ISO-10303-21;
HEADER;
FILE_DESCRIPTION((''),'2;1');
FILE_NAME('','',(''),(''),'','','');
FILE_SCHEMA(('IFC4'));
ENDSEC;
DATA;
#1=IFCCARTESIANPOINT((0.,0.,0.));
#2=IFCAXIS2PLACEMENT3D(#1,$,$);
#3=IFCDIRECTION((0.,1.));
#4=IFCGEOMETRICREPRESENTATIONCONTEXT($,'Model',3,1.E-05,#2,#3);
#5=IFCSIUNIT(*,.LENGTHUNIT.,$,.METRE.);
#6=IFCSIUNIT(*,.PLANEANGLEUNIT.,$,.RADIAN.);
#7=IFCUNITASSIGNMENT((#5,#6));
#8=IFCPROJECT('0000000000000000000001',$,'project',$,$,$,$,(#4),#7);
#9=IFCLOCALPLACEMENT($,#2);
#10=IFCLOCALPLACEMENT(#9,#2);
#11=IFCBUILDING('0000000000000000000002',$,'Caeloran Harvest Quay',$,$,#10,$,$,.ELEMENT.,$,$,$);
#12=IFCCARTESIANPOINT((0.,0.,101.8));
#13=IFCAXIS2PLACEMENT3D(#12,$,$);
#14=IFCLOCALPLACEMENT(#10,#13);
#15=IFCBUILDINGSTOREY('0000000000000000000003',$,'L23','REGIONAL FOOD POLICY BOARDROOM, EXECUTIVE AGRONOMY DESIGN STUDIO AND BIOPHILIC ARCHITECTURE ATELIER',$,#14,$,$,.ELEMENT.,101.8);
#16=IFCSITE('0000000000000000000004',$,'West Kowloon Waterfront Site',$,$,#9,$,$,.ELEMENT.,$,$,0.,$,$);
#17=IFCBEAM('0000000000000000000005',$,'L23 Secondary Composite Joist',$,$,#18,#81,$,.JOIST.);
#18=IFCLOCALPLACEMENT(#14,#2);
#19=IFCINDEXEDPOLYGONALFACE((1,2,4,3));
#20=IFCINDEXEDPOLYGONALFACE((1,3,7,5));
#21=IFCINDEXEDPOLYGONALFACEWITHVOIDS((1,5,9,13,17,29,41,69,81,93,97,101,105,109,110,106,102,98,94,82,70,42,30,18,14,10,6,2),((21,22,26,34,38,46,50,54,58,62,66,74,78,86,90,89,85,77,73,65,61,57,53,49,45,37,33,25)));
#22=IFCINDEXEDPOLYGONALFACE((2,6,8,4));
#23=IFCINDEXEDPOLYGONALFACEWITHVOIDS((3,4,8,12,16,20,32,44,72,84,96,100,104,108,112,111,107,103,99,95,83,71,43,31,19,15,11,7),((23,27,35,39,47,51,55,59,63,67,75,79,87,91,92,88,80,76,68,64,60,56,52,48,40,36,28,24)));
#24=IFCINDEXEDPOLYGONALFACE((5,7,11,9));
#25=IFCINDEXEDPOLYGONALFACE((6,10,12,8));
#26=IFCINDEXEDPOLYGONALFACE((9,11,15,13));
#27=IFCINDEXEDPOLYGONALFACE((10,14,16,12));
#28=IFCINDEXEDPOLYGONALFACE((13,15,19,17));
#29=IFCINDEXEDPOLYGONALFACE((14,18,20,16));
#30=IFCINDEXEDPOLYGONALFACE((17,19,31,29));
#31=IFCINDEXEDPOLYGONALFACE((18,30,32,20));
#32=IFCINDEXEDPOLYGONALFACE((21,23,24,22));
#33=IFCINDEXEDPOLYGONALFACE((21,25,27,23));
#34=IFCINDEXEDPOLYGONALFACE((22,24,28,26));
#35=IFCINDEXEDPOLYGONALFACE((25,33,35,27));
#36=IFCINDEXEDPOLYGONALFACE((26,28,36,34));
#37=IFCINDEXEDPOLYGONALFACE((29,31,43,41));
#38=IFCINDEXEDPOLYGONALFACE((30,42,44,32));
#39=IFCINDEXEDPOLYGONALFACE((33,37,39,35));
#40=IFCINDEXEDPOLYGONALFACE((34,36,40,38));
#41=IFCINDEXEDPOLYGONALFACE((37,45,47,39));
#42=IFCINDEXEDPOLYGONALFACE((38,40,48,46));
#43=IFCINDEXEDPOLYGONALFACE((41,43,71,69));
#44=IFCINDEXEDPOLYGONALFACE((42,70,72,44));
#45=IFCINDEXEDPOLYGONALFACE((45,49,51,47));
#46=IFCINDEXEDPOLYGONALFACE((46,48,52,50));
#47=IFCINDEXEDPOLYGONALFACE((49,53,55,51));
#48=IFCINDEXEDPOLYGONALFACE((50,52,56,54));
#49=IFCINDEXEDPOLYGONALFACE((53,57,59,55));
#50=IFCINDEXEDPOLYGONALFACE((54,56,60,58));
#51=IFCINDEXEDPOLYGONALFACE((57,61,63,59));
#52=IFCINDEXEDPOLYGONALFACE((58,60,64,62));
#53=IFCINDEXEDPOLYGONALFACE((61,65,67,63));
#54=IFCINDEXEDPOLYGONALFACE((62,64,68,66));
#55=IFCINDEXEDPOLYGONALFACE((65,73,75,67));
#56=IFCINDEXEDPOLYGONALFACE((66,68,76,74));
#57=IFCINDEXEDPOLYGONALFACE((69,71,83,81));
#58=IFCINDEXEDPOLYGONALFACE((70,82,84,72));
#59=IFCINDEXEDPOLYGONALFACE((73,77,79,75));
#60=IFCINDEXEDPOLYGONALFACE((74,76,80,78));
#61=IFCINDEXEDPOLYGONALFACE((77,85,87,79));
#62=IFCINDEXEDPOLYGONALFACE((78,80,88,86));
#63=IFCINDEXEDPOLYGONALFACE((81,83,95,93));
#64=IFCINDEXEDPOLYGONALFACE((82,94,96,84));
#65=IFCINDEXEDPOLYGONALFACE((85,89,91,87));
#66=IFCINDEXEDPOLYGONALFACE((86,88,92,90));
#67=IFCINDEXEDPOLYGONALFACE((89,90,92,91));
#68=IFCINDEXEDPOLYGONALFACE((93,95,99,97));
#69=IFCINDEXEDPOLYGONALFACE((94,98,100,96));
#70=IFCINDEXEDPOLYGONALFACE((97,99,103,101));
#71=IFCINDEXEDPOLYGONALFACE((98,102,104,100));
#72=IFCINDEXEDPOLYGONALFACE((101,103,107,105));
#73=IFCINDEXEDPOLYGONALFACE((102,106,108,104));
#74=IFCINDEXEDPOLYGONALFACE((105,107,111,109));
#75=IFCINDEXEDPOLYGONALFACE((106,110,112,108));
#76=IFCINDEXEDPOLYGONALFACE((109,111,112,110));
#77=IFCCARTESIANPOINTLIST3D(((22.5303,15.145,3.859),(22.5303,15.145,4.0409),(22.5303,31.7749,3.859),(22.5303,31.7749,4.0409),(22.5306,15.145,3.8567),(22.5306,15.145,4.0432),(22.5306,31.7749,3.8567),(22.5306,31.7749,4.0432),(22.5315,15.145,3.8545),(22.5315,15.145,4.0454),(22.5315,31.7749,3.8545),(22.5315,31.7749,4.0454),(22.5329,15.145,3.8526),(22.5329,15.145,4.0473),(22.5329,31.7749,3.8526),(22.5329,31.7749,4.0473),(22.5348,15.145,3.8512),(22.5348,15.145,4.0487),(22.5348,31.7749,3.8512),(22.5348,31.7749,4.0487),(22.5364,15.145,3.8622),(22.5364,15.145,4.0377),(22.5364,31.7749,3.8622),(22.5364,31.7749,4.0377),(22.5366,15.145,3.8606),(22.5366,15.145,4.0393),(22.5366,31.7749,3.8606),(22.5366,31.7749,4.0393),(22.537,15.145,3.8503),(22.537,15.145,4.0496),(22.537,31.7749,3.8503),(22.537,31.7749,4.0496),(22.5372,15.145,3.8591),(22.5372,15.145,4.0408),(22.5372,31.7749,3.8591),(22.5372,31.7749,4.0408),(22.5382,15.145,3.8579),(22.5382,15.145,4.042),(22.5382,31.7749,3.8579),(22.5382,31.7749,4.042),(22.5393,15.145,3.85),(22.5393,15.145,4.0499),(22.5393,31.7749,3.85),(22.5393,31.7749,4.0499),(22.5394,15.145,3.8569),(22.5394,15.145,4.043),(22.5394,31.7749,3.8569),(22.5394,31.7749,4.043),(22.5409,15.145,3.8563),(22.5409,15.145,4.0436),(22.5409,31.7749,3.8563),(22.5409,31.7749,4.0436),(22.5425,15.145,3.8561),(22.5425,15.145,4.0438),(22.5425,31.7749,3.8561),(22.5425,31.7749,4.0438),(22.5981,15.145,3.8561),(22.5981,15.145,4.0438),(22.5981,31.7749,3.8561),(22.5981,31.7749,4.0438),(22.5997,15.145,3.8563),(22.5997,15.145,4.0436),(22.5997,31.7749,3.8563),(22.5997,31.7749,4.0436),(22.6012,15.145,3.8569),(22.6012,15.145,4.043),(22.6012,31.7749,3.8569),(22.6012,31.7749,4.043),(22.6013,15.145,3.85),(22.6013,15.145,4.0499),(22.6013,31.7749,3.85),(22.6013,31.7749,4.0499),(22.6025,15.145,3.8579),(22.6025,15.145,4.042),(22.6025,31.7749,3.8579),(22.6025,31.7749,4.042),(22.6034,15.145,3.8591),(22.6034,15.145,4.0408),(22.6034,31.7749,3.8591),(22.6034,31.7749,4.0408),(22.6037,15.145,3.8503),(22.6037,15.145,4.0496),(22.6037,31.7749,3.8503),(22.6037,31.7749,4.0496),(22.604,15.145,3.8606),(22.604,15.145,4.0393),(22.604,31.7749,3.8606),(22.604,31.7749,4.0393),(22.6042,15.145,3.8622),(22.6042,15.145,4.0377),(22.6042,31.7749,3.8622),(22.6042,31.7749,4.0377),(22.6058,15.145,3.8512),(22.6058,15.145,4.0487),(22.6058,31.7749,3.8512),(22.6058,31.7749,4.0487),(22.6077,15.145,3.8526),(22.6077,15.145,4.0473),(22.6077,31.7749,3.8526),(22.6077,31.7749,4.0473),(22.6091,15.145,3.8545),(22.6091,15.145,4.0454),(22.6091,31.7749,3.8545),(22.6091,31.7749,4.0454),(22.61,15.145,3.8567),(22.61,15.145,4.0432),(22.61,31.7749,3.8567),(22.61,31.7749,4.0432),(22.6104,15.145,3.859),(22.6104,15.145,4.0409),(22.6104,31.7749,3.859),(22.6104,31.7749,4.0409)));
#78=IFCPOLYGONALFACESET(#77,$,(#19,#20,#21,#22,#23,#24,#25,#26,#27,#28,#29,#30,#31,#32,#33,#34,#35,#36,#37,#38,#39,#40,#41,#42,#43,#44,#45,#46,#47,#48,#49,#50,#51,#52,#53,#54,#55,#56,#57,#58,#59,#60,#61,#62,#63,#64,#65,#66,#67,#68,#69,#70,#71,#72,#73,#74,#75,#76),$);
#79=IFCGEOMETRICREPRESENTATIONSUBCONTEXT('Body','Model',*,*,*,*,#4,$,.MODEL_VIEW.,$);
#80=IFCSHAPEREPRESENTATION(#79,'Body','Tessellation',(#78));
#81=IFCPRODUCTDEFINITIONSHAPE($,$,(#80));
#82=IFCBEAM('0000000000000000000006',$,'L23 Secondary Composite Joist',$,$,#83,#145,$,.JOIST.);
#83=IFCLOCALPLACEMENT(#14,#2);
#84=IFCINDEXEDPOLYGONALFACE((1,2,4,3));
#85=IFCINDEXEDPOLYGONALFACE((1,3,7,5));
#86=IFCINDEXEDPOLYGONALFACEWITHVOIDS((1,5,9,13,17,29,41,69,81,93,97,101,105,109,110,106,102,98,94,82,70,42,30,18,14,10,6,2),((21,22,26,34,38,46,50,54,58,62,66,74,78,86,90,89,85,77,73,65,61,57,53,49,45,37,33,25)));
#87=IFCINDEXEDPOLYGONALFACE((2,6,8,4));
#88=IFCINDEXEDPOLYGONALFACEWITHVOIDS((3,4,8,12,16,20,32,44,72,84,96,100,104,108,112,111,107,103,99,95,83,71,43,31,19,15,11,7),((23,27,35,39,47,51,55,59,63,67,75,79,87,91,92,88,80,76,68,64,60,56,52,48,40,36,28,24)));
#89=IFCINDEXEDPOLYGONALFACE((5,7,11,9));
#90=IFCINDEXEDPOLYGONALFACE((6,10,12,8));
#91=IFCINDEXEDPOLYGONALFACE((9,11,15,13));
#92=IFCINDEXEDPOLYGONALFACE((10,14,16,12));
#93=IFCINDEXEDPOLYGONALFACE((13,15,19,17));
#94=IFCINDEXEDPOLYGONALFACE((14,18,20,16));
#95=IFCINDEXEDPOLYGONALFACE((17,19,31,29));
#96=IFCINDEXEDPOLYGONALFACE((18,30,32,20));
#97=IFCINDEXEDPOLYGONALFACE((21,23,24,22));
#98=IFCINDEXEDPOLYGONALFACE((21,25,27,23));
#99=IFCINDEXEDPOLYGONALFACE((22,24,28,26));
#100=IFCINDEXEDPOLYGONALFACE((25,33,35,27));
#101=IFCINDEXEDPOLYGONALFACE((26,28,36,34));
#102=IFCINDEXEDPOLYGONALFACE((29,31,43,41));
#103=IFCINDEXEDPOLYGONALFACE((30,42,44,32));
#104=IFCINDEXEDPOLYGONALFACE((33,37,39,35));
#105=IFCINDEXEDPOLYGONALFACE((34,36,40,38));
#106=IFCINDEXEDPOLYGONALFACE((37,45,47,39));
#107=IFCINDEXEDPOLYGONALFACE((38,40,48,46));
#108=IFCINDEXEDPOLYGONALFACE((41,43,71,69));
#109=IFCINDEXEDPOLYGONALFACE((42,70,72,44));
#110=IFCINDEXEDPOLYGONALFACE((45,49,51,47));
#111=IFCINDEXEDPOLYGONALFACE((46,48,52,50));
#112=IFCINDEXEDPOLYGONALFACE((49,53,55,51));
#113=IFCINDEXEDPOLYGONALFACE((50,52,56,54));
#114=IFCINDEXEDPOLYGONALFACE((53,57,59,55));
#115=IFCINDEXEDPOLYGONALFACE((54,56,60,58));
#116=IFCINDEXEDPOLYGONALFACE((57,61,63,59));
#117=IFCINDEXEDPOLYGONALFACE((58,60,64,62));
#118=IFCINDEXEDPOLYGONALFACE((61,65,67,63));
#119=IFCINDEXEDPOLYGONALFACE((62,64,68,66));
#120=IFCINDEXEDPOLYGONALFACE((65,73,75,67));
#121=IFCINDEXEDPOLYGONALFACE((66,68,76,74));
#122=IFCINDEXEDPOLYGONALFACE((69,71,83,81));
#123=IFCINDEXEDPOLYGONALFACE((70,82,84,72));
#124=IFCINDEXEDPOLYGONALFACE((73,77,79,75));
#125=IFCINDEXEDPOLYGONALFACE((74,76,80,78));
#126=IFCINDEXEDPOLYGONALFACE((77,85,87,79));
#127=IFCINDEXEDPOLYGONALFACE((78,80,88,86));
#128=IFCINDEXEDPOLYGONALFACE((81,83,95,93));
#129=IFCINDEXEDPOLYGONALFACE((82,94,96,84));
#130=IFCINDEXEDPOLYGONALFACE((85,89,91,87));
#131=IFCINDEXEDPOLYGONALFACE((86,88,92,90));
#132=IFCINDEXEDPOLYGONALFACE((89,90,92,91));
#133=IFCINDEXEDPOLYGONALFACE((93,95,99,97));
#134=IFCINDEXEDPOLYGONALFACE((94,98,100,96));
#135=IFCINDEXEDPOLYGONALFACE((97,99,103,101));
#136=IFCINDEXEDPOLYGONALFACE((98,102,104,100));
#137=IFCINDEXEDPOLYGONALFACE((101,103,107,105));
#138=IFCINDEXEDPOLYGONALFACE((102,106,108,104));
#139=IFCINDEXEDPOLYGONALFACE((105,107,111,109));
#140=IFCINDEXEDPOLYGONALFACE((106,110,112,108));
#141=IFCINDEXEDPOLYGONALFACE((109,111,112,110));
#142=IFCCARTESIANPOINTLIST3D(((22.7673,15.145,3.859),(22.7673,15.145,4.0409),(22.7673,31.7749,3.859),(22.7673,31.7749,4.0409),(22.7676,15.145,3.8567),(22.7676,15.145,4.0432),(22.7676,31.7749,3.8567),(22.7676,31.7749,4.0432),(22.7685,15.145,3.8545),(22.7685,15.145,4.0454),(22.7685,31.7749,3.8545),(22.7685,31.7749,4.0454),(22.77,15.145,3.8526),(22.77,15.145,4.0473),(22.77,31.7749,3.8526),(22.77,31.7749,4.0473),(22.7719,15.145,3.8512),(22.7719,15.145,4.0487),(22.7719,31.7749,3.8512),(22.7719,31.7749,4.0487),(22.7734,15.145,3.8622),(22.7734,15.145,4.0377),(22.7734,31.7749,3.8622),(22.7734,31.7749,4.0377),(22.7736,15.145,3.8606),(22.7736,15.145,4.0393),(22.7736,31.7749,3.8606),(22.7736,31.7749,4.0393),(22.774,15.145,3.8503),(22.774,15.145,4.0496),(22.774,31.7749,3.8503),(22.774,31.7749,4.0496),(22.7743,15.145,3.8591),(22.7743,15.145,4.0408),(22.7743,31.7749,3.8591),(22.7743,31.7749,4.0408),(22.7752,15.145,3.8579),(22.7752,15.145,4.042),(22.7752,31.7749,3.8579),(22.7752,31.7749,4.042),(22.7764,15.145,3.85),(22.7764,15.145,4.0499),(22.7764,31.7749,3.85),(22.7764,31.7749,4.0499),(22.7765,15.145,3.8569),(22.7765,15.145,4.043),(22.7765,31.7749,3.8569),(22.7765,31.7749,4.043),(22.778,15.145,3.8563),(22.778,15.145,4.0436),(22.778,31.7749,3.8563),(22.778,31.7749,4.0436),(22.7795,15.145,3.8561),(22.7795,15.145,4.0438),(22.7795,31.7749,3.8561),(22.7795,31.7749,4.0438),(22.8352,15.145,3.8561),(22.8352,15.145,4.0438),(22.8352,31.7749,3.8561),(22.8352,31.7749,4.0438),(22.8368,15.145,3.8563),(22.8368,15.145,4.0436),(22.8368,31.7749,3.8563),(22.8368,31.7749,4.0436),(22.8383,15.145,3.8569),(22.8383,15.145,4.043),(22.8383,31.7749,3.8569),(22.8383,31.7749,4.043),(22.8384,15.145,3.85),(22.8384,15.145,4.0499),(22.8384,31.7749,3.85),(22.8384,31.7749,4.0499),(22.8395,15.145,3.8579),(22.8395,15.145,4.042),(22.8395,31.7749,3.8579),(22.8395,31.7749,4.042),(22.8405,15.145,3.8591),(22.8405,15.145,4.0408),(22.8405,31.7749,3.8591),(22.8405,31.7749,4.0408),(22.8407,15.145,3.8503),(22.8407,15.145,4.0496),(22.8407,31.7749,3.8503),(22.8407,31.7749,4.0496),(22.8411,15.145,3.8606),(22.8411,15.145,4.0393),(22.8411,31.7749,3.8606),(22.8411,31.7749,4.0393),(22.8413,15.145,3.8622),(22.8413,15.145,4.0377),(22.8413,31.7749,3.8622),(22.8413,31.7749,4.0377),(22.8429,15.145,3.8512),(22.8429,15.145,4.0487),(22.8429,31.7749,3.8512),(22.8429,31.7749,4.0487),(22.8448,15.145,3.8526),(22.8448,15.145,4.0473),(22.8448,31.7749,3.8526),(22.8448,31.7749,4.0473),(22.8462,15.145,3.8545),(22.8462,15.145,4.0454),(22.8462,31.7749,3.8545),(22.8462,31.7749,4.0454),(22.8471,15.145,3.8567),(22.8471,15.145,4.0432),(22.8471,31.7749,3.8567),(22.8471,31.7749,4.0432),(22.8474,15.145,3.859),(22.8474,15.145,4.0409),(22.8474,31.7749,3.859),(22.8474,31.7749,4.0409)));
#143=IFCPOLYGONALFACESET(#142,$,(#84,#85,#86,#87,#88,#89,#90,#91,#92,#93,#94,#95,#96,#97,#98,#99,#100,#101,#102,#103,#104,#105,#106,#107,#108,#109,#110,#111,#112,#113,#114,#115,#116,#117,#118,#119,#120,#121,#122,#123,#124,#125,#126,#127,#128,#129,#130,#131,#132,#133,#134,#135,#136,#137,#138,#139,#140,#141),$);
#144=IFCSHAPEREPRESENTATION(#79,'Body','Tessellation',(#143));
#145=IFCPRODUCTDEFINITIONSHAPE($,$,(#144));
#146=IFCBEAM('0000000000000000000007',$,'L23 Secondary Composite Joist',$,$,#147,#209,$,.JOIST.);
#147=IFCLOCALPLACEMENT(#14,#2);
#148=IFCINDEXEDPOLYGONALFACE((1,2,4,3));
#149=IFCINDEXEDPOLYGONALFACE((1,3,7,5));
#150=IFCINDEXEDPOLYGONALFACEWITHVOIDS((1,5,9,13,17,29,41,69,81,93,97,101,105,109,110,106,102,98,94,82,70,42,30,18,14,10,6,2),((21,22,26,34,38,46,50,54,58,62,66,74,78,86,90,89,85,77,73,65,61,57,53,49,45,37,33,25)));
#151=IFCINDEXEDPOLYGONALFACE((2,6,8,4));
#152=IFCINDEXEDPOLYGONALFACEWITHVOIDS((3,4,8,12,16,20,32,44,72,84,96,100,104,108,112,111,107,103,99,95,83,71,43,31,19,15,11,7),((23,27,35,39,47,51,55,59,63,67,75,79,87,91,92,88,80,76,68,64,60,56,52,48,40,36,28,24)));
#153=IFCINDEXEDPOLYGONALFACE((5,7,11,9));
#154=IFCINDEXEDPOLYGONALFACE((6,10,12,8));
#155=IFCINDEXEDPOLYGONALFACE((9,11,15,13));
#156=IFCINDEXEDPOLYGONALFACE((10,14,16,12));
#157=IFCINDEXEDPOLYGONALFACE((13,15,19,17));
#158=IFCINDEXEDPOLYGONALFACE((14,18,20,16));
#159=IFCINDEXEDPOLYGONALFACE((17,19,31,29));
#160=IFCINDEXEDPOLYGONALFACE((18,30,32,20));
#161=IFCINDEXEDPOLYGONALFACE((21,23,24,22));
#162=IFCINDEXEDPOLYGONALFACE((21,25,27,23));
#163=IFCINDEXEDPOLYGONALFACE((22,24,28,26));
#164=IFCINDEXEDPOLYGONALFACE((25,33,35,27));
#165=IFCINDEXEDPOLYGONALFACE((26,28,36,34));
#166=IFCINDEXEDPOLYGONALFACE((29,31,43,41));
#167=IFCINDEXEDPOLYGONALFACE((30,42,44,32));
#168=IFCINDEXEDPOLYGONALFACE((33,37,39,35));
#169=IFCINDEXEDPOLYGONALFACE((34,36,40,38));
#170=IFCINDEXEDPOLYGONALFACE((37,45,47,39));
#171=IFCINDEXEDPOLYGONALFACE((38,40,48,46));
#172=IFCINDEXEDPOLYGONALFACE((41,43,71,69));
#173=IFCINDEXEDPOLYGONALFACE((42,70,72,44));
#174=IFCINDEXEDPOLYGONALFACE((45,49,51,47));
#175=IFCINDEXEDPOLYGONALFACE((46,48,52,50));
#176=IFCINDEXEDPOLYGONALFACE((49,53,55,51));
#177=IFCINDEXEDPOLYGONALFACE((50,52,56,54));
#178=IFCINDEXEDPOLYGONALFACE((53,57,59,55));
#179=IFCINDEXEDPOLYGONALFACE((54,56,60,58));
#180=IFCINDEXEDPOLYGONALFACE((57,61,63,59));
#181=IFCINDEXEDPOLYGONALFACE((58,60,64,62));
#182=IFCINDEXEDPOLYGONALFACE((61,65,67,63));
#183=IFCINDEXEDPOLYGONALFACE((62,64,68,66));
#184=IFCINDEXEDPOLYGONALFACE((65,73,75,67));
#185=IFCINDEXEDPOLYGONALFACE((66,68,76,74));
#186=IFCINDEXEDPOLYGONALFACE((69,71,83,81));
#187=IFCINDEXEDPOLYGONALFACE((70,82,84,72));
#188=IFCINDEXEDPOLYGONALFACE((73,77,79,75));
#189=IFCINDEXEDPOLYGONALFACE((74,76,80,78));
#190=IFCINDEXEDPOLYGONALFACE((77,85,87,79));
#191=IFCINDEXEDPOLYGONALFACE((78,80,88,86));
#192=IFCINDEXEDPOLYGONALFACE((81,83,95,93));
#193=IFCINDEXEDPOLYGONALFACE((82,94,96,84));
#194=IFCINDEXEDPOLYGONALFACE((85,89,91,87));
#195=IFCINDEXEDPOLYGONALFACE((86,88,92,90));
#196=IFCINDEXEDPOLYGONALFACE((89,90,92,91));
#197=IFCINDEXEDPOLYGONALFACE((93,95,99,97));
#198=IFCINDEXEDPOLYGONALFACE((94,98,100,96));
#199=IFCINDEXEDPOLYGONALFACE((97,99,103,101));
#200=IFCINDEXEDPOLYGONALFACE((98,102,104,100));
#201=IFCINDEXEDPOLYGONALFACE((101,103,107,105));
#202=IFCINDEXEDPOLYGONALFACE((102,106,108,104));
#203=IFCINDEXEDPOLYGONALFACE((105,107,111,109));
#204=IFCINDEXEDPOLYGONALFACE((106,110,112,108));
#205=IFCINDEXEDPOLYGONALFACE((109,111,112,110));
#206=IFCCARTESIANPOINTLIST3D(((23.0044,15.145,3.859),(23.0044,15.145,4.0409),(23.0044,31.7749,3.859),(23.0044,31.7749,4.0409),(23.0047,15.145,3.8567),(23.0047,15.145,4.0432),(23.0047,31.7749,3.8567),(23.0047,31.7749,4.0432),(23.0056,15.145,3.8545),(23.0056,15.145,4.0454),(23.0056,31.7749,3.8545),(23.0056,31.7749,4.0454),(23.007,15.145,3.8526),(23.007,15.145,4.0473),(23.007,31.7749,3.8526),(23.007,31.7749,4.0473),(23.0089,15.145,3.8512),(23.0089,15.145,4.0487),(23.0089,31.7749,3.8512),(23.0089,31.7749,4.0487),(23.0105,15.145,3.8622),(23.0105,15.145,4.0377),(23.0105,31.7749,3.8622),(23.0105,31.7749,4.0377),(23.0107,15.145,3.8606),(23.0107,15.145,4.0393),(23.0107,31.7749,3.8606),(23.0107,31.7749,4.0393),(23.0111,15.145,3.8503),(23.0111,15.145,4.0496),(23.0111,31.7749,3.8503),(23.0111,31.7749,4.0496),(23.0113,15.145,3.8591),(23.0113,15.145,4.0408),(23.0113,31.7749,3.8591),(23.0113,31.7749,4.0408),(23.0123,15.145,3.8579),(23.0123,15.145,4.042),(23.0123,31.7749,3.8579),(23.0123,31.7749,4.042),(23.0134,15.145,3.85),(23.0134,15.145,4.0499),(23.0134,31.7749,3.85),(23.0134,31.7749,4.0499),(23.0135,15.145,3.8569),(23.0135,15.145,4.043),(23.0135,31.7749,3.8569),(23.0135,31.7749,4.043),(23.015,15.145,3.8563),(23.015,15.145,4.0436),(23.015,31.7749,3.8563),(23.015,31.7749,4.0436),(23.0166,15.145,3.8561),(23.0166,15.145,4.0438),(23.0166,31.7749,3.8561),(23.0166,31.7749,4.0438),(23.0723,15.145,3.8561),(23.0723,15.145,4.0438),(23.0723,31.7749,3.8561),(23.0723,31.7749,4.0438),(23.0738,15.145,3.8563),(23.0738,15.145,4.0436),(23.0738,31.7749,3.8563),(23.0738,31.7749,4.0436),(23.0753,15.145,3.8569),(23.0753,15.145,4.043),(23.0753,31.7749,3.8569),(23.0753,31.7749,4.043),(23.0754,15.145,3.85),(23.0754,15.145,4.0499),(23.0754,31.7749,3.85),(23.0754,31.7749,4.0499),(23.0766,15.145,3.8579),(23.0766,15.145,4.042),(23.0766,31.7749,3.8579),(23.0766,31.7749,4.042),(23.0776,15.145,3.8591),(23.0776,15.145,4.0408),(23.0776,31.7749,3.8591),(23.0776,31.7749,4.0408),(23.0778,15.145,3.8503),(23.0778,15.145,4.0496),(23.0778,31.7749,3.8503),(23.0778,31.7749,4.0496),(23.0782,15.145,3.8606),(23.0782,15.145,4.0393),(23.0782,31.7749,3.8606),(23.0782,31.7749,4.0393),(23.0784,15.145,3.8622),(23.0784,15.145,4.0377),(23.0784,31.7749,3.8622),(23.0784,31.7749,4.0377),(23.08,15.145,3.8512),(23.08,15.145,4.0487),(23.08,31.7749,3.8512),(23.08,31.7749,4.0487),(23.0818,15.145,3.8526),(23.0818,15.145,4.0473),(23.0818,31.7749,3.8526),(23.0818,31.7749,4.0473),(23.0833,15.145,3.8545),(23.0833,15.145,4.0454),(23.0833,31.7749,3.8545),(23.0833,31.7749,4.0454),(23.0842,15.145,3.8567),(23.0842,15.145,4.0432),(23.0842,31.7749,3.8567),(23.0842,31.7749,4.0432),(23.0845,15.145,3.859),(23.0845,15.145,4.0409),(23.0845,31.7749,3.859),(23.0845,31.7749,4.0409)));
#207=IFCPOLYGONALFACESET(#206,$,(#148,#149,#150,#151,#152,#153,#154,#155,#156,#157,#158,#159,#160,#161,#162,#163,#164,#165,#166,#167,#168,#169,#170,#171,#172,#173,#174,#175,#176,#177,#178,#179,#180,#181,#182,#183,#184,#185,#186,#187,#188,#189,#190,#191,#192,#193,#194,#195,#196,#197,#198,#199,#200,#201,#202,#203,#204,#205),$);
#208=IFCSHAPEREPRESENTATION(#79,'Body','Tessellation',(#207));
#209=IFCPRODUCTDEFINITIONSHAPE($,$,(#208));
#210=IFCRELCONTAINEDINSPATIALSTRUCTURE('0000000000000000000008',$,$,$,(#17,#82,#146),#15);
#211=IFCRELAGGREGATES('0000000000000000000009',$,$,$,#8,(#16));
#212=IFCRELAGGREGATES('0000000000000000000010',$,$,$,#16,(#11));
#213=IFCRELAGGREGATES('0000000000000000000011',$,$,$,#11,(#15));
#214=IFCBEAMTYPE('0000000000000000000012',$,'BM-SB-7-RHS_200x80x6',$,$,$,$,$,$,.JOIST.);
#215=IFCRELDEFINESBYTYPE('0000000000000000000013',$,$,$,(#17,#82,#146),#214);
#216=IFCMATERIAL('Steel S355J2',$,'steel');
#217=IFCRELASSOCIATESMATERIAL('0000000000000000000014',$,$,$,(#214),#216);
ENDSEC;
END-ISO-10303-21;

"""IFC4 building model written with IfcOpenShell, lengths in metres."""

from ifc_helpers import new_model, si_unit, direction, frame, origin, origin_2d, place, context, subcontext, project, spatial, hollow_rectangle, extrude, material, material_profile, profile_set, type_object, element, save


model = new_model("IFC4")

# Units and contexts
model_context = context("Model", 3, precision=1e-05, world=origin(), true_north=direction((0.0, 1.0)))
body_context = subcontext(model_context, "Body", "Model", "MODEL_VIEW")
ifc_project = project(units=[si_unit("LENGTHUNIT", "METRE"), si_unit("PLANEANGLEUNIT", "RADIAN")], contexts=[model_context])

# Site, building, storey
site_placement = place(None, origin())
site = spatial("IfcSite", under=ifc_project, at=site_placement, Name="West Kowloon Waterfront Site", CompositionType="ELEMENT", RefElevation=0.0)
building_placement = place(site_placement, origin())
building = spatial("IfcBuilding", under=site, at=building_placement, Name="Caeloran Harvest Quay", CompositionType="ELEMENT")
storey_placement = place(building_placement, frame((0.0, 0.0, 101.8)))
storey = spatial("IfcBuildingStorey", under=building, at=storey_placement, Name="L23", Description="REGIONAL FOOD POLICY BOARDROOM, EXECUTIVE AGRONOMY DESIGN STUDIO AND BIOPHILIC ARCHITECTURE ATELIER", CompositionType="ELEMENT", Elevation=101.8)

# Beams
ifc_material_1 = material(Name="Steel S355J2", Category="steel")
ifc_material_profile_1 = material_profile(ifc_material_1, hollow_rectangle(XDim=0.0801, YDim=0.2, WallThickness=0.0061, InnerFilletRadius=0.0061, OuterFilletRadius=0.009, at=origin_2d()), Name="RHS 200x80x6")
ifc_profile_set_1 = profile_set([ifc_material_profile_1], Name="Steel S355J2")
beam_type_1 = type_object("IfcBeamType", Name="BM-SB-7-RHS_200x80x6", PredefinedType="JOIST", material=ifc_profile_set_1)
for number, where, z_axis, x_axis, name in (
    (1, (22.5703, 15.145, 3.95), (0.0, 1.0, 0.0), (-1.0, 0.0, 0.0), "L23 Secondary Composite Joist"),
    (2, (22.8074, 15.145, 3.95), (0.0, 1.0, 0.0), (-1.0, 0.0, 0.0), "L23 Secondary Composite Joist"),
    (3, (23.0444, 15.145, 3.95), (0.0, 1.0, 0.0), (-1.0, 0.0, 0.0), "L23 Secondary Composite Joist"),
):
    element("IfcBeam", number, at=place(storey_placement, frame(where, z_axis=z_axis, x_axis=x_axis)), inside=storey, type_object=beam_type_1, Name=name, PredefinedType="JOIST", context=body_context, shape_type="SweptSolid", body=[
        extrude(hollow_rectangle(XDim=0.0801, YDim=0.2, WallThickness=0.0061, InnerFilletRadius=0.0061, OuterFilletRadius=0.009, at=origin_2d()), origin(), (0.0, 0.0, 1.0), 16.6299),
    ])

save(model, "model.ifc")
